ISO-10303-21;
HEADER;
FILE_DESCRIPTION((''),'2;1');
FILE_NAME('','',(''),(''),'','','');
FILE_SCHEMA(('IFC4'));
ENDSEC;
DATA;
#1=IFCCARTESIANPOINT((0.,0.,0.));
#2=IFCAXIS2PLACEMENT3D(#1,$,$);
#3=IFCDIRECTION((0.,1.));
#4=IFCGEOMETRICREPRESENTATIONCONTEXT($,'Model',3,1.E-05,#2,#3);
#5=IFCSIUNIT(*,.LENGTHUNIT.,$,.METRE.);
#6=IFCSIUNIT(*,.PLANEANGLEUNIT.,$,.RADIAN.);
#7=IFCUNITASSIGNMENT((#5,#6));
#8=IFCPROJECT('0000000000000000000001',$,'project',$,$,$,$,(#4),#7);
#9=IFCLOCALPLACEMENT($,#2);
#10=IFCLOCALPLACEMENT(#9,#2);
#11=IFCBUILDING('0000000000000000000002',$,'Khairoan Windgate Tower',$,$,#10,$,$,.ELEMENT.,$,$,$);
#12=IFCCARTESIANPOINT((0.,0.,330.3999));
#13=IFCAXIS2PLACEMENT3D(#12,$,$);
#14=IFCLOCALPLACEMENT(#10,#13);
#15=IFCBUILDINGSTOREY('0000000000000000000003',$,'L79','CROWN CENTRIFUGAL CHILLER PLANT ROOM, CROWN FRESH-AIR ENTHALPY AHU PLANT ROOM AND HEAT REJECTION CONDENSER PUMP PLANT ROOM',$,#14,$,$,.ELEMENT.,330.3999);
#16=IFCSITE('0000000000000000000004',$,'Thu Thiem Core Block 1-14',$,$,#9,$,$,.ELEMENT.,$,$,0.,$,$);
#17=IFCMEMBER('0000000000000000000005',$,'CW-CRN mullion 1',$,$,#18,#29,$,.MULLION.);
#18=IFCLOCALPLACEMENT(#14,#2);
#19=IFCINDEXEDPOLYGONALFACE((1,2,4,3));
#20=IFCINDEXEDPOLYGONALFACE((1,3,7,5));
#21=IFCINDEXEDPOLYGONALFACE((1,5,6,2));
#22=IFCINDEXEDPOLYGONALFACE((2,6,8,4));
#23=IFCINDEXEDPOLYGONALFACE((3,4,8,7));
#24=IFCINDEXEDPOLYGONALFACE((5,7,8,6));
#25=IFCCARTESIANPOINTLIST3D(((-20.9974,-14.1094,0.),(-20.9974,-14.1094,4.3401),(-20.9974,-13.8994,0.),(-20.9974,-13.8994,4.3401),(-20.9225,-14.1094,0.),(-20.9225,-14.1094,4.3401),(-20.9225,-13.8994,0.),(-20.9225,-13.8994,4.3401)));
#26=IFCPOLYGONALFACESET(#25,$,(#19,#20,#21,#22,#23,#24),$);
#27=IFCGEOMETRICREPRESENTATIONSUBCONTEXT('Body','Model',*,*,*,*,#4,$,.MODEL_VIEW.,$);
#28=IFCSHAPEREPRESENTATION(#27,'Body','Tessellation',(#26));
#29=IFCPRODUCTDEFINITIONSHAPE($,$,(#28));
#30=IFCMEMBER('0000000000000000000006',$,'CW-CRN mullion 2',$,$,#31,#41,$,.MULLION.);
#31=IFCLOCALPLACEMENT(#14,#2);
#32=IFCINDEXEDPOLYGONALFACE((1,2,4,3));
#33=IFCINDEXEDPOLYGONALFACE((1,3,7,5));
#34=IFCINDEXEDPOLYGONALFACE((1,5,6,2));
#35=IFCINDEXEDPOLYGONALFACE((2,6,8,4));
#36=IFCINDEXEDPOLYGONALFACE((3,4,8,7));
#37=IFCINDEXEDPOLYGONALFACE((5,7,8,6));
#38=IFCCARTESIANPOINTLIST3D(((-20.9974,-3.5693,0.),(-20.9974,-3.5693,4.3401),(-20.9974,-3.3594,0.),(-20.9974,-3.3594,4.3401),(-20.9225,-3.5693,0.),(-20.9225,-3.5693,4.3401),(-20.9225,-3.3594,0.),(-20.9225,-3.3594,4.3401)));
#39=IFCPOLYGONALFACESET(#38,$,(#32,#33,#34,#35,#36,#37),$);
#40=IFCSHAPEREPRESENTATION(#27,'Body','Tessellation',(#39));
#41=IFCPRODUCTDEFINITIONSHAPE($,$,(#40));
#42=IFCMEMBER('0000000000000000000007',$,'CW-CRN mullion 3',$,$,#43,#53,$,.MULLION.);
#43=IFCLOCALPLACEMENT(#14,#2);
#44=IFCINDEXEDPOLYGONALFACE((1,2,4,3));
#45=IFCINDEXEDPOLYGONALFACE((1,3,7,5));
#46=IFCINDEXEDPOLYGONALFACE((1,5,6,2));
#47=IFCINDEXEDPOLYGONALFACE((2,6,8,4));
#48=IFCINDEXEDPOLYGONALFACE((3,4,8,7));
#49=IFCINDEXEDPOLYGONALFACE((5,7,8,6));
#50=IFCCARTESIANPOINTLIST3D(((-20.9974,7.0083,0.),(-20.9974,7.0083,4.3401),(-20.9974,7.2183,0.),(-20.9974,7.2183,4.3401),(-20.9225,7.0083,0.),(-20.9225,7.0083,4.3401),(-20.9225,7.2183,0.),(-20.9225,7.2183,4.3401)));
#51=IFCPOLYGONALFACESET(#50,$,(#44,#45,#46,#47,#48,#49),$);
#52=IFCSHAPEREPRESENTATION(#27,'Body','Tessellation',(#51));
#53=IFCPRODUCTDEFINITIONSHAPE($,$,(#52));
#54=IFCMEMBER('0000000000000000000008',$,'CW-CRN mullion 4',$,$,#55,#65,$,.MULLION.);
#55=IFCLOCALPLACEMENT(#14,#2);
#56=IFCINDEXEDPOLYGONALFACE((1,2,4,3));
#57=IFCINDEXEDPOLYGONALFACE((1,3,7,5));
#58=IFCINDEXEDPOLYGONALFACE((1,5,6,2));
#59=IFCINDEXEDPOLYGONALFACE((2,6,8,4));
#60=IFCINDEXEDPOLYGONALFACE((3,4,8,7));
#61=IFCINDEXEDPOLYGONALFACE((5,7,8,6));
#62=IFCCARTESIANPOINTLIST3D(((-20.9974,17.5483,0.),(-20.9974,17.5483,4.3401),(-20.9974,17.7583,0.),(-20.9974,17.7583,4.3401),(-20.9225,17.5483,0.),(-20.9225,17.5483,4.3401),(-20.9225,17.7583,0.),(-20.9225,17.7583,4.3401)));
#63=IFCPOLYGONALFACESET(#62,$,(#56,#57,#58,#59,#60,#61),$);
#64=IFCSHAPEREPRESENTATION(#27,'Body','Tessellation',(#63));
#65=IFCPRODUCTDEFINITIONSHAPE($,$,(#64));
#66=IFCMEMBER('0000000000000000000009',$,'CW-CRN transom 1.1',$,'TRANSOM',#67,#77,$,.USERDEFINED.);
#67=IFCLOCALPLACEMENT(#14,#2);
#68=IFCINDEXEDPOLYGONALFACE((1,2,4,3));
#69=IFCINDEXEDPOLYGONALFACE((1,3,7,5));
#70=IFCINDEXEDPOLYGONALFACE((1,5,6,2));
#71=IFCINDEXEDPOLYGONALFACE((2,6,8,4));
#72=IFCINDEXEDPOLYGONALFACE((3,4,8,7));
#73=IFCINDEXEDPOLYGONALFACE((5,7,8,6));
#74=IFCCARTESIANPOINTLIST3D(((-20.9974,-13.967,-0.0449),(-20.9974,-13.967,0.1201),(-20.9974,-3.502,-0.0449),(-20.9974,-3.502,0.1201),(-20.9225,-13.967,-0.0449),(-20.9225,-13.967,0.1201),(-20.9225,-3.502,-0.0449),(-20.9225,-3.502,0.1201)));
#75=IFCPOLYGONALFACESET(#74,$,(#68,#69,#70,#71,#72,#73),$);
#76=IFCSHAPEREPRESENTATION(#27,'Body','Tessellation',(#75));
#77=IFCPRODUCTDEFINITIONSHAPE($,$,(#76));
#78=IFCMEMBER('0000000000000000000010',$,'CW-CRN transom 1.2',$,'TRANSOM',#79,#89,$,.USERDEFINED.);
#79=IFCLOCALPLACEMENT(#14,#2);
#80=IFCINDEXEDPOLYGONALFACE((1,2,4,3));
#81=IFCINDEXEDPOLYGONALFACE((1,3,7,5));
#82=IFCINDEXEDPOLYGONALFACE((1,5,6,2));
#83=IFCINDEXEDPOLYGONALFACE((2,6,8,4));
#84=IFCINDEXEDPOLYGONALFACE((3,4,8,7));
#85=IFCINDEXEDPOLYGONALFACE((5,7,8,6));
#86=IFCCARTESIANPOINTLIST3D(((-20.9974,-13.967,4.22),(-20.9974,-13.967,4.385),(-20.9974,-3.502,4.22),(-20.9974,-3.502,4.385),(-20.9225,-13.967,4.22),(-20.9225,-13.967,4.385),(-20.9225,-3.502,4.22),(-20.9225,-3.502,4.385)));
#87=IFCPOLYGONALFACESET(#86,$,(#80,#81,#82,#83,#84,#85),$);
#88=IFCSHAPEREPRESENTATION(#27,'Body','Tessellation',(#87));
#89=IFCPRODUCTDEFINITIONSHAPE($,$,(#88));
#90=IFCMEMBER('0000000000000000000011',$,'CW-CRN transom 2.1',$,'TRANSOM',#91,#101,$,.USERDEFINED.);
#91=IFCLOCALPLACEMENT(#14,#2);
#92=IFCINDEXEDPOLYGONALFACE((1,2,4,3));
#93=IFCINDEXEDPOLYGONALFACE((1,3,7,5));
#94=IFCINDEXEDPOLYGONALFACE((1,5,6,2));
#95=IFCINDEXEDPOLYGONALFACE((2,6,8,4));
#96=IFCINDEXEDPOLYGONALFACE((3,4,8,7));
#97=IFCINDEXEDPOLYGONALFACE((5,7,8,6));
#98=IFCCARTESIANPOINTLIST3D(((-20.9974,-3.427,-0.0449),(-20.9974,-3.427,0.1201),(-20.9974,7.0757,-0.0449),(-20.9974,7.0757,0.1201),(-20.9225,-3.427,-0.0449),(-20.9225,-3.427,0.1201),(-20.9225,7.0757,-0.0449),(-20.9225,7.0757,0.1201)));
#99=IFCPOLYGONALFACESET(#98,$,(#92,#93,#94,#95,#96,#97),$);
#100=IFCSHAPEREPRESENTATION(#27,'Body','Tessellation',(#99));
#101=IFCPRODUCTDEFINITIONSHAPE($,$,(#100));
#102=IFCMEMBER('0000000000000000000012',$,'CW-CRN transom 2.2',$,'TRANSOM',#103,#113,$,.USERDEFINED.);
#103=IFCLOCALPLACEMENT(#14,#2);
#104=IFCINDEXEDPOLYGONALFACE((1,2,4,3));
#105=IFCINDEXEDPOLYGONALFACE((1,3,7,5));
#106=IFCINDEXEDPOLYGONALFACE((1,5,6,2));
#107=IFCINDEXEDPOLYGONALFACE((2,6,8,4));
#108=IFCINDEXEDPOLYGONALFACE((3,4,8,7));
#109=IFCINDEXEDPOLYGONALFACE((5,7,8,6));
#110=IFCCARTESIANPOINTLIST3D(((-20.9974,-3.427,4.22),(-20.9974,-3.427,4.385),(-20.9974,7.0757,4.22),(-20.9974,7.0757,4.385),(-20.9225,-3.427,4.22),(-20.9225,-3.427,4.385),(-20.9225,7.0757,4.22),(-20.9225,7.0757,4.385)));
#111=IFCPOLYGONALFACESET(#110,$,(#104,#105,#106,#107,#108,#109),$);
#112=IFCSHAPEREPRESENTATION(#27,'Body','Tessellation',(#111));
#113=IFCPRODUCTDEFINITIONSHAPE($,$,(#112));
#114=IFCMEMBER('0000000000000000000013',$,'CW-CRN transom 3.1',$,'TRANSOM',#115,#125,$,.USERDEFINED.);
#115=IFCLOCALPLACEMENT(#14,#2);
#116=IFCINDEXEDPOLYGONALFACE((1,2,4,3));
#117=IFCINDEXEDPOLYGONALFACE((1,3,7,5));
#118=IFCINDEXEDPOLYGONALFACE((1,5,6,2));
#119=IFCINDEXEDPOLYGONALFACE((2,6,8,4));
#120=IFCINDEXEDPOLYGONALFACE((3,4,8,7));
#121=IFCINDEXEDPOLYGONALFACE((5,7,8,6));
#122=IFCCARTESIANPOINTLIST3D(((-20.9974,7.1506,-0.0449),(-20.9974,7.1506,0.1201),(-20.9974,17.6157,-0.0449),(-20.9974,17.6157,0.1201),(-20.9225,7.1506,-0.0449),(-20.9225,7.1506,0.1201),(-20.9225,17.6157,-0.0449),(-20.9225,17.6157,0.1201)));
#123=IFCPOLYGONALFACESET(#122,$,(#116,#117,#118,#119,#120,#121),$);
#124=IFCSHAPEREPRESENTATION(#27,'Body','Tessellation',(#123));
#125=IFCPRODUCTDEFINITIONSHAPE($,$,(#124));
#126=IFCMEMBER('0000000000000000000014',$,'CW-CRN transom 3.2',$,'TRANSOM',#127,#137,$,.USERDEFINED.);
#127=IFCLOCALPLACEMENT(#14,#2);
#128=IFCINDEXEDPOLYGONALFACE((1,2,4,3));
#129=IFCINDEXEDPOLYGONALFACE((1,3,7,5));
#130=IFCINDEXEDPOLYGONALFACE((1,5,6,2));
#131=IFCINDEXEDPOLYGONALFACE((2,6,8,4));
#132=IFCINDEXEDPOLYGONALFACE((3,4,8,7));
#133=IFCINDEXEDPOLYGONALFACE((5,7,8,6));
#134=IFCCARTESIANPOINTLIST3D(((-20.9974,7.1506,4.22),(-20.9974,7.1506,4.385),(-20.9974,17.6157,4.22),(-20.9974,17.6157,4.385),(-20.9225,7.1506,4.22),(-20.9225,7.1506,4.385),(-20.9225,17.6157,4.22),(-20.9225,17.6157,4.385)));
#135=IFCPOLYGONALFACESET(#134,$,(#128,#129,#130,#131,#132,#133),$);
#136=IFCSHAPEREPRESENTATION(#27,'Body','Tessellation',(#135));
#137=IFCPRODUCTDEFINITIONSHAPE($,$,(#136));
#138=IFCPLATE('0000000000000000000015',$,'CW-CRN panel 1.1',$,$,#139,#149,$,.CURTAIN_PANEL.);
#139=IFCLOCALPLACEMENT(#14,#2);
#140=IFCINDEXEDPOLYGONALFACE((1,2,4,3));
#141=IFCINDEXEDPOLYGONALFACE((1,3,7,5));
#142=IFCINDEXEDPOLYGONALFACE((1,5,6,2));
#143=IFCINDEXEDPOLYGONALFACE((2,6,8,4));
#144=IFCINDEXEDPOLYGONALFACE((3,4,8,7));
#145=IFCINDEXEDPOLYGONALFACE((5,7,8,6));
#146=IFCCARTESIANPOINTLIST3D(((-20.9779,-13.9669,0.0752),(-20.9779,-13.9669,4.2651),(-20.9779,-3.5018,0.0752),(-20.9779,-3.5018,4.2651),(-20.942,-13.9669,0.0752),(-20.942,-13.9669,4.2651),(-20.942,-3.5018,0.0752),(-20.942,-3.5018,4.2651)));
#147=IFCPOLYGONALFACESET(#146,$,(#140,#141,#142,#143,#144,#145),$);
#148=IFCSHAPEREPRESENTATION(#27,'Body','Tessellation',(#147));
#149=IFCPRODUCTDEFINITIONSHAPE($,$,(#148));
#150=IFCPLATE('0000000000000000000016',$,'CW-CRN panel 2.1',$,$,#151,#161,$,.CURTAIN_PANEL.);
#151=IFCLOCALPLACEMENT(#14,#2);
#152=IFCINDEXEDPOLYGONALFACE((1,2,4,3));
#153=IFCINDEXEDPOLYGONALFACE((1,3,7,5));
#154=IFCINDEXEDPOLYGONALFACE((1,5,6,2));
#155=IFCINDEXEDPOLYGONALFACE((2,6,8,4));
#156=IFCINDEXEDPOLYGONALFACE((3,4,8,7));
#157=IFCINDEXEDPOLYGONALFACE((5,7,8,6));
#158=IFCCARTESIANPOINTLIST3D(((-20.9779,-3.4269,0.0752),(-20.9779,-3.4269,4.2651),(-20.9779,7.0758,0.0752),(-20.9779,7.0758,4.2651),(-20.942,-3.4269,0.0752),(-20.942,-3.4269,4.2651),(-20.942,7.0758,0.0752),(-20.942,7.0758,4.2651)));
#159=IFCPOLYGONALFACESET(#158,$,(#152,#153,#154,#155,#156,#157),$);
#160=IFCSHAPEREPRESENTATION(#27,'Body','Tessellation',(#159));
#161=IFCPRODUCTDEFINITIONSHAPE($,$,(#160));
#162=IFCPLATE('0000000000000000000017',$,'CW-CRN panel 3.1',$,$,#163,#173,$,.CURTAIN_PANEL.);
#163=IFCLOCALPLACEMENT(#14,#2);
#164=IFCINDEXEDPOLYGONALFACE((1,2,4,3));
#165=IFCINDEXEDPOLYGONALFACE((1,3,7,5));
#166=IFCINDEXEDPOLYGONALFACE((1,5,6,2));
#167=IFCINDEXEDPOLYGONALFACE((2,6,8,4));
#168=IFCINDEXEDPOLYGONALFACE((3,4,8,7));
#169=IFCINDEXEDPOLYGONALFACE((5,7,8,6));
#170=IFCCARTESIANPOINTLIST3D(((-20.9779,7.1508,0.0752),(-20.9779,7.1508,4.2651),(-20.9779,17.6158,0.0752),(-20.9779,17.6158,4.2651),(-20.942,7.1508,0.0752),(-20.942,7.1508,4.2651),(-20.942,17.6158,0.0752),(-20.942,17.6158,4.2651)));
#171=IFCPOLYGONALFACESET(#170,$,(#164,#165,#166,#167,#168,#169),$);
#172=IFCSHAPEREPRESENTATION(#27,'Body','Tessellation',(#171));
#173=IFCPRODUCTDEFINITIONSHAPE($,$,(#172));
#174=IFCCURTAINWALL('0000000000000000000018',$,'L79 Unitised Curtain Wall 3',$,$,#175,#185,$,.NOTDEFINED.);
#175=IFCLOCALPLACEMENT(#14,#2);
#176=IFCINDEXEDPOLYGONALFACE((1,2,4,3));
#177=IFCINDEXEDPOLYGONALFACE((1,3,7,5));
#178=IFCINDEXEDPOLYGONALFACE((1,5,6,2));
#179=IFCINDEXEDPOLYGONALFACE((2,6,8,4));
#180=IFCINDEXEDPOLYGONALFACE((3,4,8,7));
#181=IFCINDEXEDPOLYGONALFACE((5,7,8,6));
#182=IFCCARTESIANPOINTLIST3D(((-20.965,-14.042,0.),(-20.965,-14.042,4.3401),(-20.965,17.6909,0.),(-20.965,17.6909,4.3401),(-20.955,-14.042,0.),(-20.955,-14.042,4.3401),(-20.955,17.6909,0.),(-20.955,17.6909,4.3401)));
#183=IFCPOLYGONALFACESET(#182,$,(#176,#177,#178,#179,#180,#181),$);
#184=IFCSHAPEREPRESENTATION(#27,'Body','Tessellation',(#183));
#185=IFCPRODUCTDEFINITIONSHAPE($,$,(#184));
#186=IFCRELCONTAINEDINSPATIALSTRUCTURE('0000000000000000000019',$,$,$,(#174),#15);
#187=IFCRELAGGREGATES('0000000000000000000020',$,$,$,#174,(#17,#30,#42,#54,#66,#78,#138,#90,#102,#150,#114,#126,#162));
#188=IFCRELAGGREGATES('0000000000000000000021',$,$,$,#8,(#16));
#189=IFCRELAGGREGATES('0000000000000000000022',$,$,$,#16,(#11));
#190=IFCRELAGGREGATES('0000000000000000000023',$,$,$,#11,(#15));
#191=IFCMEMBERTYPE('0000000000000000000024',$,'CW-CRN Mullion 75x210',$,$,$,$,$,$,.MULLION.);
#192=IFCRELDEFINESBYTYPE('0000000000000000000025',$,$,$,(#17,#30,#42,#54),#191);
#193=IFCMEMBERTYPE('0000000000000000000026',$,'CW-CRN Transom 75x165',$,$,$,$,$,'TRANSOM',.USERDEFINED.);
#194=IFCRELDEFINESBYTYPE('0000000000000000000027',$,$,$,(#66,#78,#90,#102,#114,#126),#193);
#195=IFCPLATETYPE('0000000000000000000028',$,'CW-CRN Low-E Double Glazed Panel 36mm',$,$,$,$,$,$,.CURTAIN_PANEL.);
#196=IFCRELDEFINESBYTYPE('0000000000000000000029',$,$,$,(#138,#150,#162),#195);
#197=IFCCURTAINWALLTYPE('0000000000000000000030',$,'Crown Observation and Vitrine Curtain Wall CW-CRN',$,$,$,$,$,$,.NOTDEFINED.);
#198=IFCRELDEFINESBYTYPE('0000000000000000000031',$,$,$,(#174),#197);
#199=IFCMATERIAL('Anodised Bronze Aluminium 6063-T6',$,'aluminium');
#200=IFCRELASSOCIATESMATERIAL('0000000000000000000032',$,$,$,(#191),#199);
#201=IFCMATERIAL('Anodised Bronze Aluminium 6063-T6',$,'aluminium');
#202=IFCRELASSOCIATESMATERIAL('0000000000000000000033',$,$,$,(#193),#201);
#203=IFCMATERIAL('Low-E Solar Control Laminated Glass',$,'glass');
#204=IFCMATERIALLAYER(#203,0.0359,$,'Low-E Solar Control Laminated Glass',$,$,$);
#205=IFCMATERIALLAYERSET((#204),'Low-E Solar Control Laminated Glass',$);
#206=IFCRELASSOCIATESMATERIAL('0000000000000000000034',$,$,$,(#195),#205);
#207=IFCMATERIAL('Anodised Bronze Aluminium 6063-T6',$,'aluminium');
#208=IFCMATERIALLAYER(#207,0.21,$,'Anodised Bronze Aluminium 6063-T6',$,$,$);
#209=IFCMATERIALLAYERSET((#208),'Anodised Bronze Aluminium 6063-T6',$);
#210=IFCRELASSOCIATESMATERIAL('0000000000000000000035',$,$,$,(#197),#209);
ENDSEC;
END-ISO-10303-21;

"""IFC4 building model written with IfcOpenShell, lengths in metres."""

from ifc_helpers import new_model, si_unit, direction, frame, frame_2d, origin, origin_2d, place, context, subcontext, project, spatial, rectangle, extrude, material, layer, layer_set, material_profile, profile_set, type_object, element, aggregate, save


model = new_model("IFC4")

# Units and contexts
model_context = context("Model", 3, precision=1e-05, world=origin(), true_north=direction((0.0, 1.0)))
body_context = subcontext(model_context, "Body", "Model", "MODEL_VIEW")
ifc_project = project(units=[si_unit("LENGTHUNIT", "METRE"), si_unit("PLANEANGLEUNIT", "RADIAN")], contexts=[model_context])

# Site, building, storey
site_placement = place(None, origin())
site = spatial("IfcSite", under=ifc_project, at=site_placement, Name="Thu Thiem Core Block 1-14", CompositionType="ELEMENT", RefElevation=0.0)
building_placement = place(site_placement, origin())
building = spatial("IfcBuilding", under=site, at=building_placement, Name="Khairoan Windgate Tower", CompositionType="ELEMENT")
storey_placement = place(building_placement, frame((0.0, 0.0, 330.3999)))
storey = spatial("IfcBuildingStorey", under=building, at=storey_placement, Name="L79", Description="CROWN CENTRIFUGAL CHILLER PLANT ROOM, CROWN FRESH-AIR ENTHALPY AHU PLANT ROOM AND HEAT REJECTION CONDENSER PUMP PLANT ROOM", CompositionType="ELEMENT", Elevation=330.3999)

# Members
ifc_material_1 = material(Name="Anodised Bronze Aluminium 6063-T6", Category="aluminium")
ifc_material_profile_1 = material_profile(ifc_material_1, rectangle(XDim=0.075, YDim=0.21, at=origin_2d()))
ifc_profile_set_1 = profile_set([ifc_material_profile_1], Name="Anodised Bronze Aluminium 6063-T6")
member_type_1 = type_object("IfcMemberType", Name="CW-CRN Mullion 75x210", PredefinedType="MULLION", material=ifc_profile_set_1)
member_1_placement = place(storey_placement, frame((-20.96, -14.0044, 0.0), z_axis=(0.0, 0.0, 1.0), x_axis=(-1.0, 0.0, 0.0)))
member_1 = element("IfcMember", 1, at=member_1_placement, type_object=member_type_1, Name="CW-CRN mullion 1", PredefinedType="MULLION", context=body_context, shape_type="SweptSolid", body=[
    extrude(rectangle(XDim=0.075, YDim=0.21, at=origin_2d()), origin(), (0.0, 0.0, 1.0), 4.3401),
])
member_2_placement = place(storey_placement, frame((-20.96, -3.4644, 0.0), z_axis=(0.0, 0.0, 1.0), x_axis=(-1.0, 0.0, 0.0)))
member_2 = element("IfcMember", 2, at=member_2_placement, type_object=member_type_1, Name="CW-CRN mullion 2", PredefinedType="MULLION", context=body_context, shape_type="SweptSolid", body=[
    extrude(rectangle(XDim=0.075, YDim=0.21, at=origin_2d()), origin(), (0.0, 0.0, 1.0), 4.3401),
])
member_3_placement = place(storey_placement, frame((-20.96, 7.1133, 0.0), z_axis=(0.0, 0.0, 1.0), x_axis=(-1.0, 0.0, 0.0)))
member_3 = element("IfcMember", 3, at=member_3_placement, type_object=member_type_1, Name="CW-CRN mullion 3", PredefinedType="MULLION", context=body_context, shape_type="SweptSolid", body=[
    extrude(rectangle(XDim=0.075, YDim=0.21, at=origin_2d()), origin(), (0.0, 0.0, 1.0), 4.3401),
])
member_4_placement = place(storey_placement, frame((-20.96, 17.6533, 0.0), z_axis=(0.0, 0.0, 1.0), x_axis=(-1.0, 0.0, 0.0)))
member_4 = element("IfcMember", 4, at=member_4_placement, type_object=member_type_1, Name="CW-CRN mullion 4", PredefinedType="MULLION", context=body_context, shape_type="SweptSolid", body=[
    extrude(rectangle(XDim=0.075, YDim=0.21, at=origin_2d()), origin(), (0.0, 0.0, 1.0), 4.3401),
])
ifc_material_2 = material(Name="Anodised Bronze Aluminium 6063-T6", Category="aluminium")
ifc_material_profile_2 = material_profile(ifc_material_2, rectangle(XDim=0.075, YDim=0.165, at=origin_2d()))
ifc_profile_set_2 = profile_set([ifc_material_profile_2], Name="Anodised Bronze Aluminium 6063-T6")
member_type_2 = type_object("IfcMemberType", Name="CW-CRN Transom 75x165", ElementType="TRANSOM", PredefinedType="USERDEFINED", material=ifc_profile_set_2)
member_5_placement = place(storey_placement, frame((-20.96, -13.967, 0.0376), z_axis=(0.0, 1.0, 0.0), x_axis=(-1.0, 0.0, 0.0)))
member_5 = element("IfcMember", 5, at=member_5_placement, type_object=member_type_2, Name="CW-CRN transom 1.1", ObjectType="TRANSOM", PredefinedType="USERDEFINED", context=body_context, shape_type="SweptSolid", body=[
    extrude(rectangle(XDim=0.075, YDim=0.165, at=origin_2d()), origin(), (0.0, 0.0, 1.0), 10.4651),
])
member_6_placement = place(storey_placement, frame((-20.96, -13.967, 4.3025), z_axis=(0.0, 1.0, 0.0), x_axis=(-1.0, 0.0, 0.0)))
member_6 = element("IfcMember", 6, at=member_6_placement, type_object=member_type_2, Name="CW-CRN transom 1.2", ObjectType="TRANSOM", PredefinedType="USERDEFINED", context=body_context, shape_type="SweptSolid", body=[
    extrude(rectangle(XDim=0.075, YDim=0.165, at=origin_2d()), origin(), (0.0, 0.0, 1.0), 10.4651),
])
member_7_placement = place(storey_placement, frame((-20.96, -3.427, 0.0376), z_axis=(0.0, 1.0, 0.0), x_axis=(-1.0, 0.0, 0.0)))
member_7 = element("IfcMember", 7, at=member_7_placement, type_object=member_type_2, Name="CW-CRN transom 2.1", ObjectType="TRANSOM", PredefinedType="USERDEFINED", context=body_context, shape_type="SweptSolid", body=[
    extrude(rectangle(XDim=0.075, YDim=0.165, at=origin_2d()), origin(), (0.0, 0.0, 1.0), 10.5027),
])
member_8_placement = place(storey_placement, frame((-20.96, -3.427, 4.3025), z_axis=(0.0, 1.0, 0.0), x_axis=(-1.0, 0.0, 0.0)))
member_8 = element("IfcMember", 8, at=member_8_placement, type_object=member_type_2, Name="CW-CRN transom 2.2", ObjectType="TRANSOM", PredefinedType="USERDEFINED", context=body_context, shape_type="SweptSolid", body=[
    extrude(rectangle(XDim=0.075, YDim=0.165, at=origin_2d()), origin(), (0.0, 0.0, 1.0), 10.5027),
])
member_9_placement = place(storey_placement, frame((-20.96, 7.1506, 0.0376), z_axis=(0.0, 1.0, 0.0), x_axis=(-1.0, 0.0, 0.0)))
member_9 = element("IfcMember", 9, at=member_9_placement, type_object=member_type_2, Name="CW-CRN transom 3.1", ObjectType="TRANSOM", PredefinedType="USERDEFINED", context=body_context, shape_type="SweptSolid", body=[
    extrude(rectangle(XDim=0.075, YDim=0.165, at=origin_2d()), origin(), (0.0, 0.0, 1.0), 10.4651),
])
member_10_placement = place(storey_placement, frame((-20.96, 7.1506, 4.3025), z_axis=(0.0, 1.0, 0.0), x_axis=(-1.0, 0.0, 0.0)))
member_10 = element("IfcMember", 10, at=member_10_placement, type_object=member_type_2, Name="CW-CRN transom 3.2", ObjectType="TRANSOM", PredefinedType="USERDEFINED", context=body_context, shape_type="SweptSolid", body=[
    extrude(rectangle(XDim=0.075, YDim=0.165, at=origin_2d()), origin(), (0.0, 0.0, 1.0), 10.4651),
])

# Plates
ifc_material_3 = material(Name="Low-E Solar Control Laminated Glass", Category="glass")
ifc_layer_1 = layer(ifc_material_3, 0.0359, Name="Low-E Solar Control Laminated Glass")
ifc_layer_set_1 = layer_set([ifc_layer_1], Name="Low-E Solar Control Laminated Glass")
plate_type_1 = type_object("IfcPlateType", Name="CW-CRN Low-E Double Glazed Panel 36mm", PredefinedType="CURTAIN_PANEL", material=ifc_layer_set_1)
plate_1_placement = place(storey_placement, frame((-20.96, -8.7344, 0.0752), z_axis=(0.0, 0.0, 1.0), x_axis=(0.0, 1.0, 0.0)))
plate_1 = element("IfcPlate", 11, at=plate_1_placement, type_object=plate_type_1, Name="CW-CRN panel 1.1", PredefinedType="CURTAIN_PANEL", context=body_context, shape_type="SweptSolid", body=[
    extrude(rectangle(XDim=10.4651, YDim=0.0359, at=origin_2d()), origin(), (0.0, 0.0, 1.0), 4.1899),
])
plate_2_placement = place(storey_placement, frame((-20.96, 1.8245, 0.0752), z_axis=(0.0, 0.0, 1.0), x_axis=(0.0, 1.0, 0.0)))
plate_2 = element("IfcPlate", 12, at=plate_2_placement, type_object=plate_type_1, Name="CW-CRN panel 2.1", PredefinedType="CURTAIN_PANEL", context=body_context, shape_type="SweptSolid", body=[
    extrude(rectangle(XDim=10.5027, YDim=0.0359, at=origin_2d()), origin(), (0.0, 0.0, 1.0), 4.1899),
])
plate_3_placement = place(storey_placement, frame((-20.96, 12.3833, 0.0752), z_axis=(0.0, 0.0, 1.0), x_axis=(0.0, 1.0, 0.0)))
plate_3 = element("IfcPlate", 13, at=plate_3_placement, type_object=plate_type_1, Name="CW-CRN panel 3.1", PredefinedType="CURTAIN_PANEL", context=body_context, shape_type="SweptSolid", body=[
    extrude(rectangle(XDim=10.4651, YDim=0.0359, at=origin_2d()), origin(), (0.0, 0.0, 1.0), 4.1899),
])

# Curtain wall
ifc_material_4 = material(Name="Anodised Bronze Aluminium 6063-T6", Category="aluminium")
ifc_layer_2 = layer(ifc_material_4, 0.21, Name="Anodised Bronze Aluminium 6063-T6")
ifc_layer_set_2 = layer_set([ifc_layer_2], Name="Anodised Bronze Aluminium 6063-T6")
curtain_wall_type_1 = type_object("IfcCurtainWallType", Name="Crown Observation and Vitrine Curtain Wall CW-CRN", PredefinedType="NOTDEFINED", material=ifc_layer_set_2)
curtain_wall_1_placement = place(storey_placement, frame((-20.96, -14.042, 0.0), z_axis=(0.0, 0.0, 1.0), x_axis=(0.0, 1.0, 0.0)))
curtain_wall_1 = element("IfcCurtainWall", 14, at=curtain_wall_1_placement, inside=storey, type_object=curtain_wall_type_1, Name="L79 Unitised Curtain Wall 3", PredefinedType="NOTDEFINED", context=body_context, shape_type="SweptSolid", body=[
    extrude(rectangle(XDim=31.7329, YDim=0.01, at=frame_2d((15.8665, 0.0))), origin(), (0.0, 0.0, 1.0), 4.3401),
])
aggregate(curtain_wall_1, [member_1, member_2, member_3, member_4, member_5, member_6, plate_1, member_7, member_8, plate_2, member_9, member_10, plate_3])

save(model, "model.ifc")
